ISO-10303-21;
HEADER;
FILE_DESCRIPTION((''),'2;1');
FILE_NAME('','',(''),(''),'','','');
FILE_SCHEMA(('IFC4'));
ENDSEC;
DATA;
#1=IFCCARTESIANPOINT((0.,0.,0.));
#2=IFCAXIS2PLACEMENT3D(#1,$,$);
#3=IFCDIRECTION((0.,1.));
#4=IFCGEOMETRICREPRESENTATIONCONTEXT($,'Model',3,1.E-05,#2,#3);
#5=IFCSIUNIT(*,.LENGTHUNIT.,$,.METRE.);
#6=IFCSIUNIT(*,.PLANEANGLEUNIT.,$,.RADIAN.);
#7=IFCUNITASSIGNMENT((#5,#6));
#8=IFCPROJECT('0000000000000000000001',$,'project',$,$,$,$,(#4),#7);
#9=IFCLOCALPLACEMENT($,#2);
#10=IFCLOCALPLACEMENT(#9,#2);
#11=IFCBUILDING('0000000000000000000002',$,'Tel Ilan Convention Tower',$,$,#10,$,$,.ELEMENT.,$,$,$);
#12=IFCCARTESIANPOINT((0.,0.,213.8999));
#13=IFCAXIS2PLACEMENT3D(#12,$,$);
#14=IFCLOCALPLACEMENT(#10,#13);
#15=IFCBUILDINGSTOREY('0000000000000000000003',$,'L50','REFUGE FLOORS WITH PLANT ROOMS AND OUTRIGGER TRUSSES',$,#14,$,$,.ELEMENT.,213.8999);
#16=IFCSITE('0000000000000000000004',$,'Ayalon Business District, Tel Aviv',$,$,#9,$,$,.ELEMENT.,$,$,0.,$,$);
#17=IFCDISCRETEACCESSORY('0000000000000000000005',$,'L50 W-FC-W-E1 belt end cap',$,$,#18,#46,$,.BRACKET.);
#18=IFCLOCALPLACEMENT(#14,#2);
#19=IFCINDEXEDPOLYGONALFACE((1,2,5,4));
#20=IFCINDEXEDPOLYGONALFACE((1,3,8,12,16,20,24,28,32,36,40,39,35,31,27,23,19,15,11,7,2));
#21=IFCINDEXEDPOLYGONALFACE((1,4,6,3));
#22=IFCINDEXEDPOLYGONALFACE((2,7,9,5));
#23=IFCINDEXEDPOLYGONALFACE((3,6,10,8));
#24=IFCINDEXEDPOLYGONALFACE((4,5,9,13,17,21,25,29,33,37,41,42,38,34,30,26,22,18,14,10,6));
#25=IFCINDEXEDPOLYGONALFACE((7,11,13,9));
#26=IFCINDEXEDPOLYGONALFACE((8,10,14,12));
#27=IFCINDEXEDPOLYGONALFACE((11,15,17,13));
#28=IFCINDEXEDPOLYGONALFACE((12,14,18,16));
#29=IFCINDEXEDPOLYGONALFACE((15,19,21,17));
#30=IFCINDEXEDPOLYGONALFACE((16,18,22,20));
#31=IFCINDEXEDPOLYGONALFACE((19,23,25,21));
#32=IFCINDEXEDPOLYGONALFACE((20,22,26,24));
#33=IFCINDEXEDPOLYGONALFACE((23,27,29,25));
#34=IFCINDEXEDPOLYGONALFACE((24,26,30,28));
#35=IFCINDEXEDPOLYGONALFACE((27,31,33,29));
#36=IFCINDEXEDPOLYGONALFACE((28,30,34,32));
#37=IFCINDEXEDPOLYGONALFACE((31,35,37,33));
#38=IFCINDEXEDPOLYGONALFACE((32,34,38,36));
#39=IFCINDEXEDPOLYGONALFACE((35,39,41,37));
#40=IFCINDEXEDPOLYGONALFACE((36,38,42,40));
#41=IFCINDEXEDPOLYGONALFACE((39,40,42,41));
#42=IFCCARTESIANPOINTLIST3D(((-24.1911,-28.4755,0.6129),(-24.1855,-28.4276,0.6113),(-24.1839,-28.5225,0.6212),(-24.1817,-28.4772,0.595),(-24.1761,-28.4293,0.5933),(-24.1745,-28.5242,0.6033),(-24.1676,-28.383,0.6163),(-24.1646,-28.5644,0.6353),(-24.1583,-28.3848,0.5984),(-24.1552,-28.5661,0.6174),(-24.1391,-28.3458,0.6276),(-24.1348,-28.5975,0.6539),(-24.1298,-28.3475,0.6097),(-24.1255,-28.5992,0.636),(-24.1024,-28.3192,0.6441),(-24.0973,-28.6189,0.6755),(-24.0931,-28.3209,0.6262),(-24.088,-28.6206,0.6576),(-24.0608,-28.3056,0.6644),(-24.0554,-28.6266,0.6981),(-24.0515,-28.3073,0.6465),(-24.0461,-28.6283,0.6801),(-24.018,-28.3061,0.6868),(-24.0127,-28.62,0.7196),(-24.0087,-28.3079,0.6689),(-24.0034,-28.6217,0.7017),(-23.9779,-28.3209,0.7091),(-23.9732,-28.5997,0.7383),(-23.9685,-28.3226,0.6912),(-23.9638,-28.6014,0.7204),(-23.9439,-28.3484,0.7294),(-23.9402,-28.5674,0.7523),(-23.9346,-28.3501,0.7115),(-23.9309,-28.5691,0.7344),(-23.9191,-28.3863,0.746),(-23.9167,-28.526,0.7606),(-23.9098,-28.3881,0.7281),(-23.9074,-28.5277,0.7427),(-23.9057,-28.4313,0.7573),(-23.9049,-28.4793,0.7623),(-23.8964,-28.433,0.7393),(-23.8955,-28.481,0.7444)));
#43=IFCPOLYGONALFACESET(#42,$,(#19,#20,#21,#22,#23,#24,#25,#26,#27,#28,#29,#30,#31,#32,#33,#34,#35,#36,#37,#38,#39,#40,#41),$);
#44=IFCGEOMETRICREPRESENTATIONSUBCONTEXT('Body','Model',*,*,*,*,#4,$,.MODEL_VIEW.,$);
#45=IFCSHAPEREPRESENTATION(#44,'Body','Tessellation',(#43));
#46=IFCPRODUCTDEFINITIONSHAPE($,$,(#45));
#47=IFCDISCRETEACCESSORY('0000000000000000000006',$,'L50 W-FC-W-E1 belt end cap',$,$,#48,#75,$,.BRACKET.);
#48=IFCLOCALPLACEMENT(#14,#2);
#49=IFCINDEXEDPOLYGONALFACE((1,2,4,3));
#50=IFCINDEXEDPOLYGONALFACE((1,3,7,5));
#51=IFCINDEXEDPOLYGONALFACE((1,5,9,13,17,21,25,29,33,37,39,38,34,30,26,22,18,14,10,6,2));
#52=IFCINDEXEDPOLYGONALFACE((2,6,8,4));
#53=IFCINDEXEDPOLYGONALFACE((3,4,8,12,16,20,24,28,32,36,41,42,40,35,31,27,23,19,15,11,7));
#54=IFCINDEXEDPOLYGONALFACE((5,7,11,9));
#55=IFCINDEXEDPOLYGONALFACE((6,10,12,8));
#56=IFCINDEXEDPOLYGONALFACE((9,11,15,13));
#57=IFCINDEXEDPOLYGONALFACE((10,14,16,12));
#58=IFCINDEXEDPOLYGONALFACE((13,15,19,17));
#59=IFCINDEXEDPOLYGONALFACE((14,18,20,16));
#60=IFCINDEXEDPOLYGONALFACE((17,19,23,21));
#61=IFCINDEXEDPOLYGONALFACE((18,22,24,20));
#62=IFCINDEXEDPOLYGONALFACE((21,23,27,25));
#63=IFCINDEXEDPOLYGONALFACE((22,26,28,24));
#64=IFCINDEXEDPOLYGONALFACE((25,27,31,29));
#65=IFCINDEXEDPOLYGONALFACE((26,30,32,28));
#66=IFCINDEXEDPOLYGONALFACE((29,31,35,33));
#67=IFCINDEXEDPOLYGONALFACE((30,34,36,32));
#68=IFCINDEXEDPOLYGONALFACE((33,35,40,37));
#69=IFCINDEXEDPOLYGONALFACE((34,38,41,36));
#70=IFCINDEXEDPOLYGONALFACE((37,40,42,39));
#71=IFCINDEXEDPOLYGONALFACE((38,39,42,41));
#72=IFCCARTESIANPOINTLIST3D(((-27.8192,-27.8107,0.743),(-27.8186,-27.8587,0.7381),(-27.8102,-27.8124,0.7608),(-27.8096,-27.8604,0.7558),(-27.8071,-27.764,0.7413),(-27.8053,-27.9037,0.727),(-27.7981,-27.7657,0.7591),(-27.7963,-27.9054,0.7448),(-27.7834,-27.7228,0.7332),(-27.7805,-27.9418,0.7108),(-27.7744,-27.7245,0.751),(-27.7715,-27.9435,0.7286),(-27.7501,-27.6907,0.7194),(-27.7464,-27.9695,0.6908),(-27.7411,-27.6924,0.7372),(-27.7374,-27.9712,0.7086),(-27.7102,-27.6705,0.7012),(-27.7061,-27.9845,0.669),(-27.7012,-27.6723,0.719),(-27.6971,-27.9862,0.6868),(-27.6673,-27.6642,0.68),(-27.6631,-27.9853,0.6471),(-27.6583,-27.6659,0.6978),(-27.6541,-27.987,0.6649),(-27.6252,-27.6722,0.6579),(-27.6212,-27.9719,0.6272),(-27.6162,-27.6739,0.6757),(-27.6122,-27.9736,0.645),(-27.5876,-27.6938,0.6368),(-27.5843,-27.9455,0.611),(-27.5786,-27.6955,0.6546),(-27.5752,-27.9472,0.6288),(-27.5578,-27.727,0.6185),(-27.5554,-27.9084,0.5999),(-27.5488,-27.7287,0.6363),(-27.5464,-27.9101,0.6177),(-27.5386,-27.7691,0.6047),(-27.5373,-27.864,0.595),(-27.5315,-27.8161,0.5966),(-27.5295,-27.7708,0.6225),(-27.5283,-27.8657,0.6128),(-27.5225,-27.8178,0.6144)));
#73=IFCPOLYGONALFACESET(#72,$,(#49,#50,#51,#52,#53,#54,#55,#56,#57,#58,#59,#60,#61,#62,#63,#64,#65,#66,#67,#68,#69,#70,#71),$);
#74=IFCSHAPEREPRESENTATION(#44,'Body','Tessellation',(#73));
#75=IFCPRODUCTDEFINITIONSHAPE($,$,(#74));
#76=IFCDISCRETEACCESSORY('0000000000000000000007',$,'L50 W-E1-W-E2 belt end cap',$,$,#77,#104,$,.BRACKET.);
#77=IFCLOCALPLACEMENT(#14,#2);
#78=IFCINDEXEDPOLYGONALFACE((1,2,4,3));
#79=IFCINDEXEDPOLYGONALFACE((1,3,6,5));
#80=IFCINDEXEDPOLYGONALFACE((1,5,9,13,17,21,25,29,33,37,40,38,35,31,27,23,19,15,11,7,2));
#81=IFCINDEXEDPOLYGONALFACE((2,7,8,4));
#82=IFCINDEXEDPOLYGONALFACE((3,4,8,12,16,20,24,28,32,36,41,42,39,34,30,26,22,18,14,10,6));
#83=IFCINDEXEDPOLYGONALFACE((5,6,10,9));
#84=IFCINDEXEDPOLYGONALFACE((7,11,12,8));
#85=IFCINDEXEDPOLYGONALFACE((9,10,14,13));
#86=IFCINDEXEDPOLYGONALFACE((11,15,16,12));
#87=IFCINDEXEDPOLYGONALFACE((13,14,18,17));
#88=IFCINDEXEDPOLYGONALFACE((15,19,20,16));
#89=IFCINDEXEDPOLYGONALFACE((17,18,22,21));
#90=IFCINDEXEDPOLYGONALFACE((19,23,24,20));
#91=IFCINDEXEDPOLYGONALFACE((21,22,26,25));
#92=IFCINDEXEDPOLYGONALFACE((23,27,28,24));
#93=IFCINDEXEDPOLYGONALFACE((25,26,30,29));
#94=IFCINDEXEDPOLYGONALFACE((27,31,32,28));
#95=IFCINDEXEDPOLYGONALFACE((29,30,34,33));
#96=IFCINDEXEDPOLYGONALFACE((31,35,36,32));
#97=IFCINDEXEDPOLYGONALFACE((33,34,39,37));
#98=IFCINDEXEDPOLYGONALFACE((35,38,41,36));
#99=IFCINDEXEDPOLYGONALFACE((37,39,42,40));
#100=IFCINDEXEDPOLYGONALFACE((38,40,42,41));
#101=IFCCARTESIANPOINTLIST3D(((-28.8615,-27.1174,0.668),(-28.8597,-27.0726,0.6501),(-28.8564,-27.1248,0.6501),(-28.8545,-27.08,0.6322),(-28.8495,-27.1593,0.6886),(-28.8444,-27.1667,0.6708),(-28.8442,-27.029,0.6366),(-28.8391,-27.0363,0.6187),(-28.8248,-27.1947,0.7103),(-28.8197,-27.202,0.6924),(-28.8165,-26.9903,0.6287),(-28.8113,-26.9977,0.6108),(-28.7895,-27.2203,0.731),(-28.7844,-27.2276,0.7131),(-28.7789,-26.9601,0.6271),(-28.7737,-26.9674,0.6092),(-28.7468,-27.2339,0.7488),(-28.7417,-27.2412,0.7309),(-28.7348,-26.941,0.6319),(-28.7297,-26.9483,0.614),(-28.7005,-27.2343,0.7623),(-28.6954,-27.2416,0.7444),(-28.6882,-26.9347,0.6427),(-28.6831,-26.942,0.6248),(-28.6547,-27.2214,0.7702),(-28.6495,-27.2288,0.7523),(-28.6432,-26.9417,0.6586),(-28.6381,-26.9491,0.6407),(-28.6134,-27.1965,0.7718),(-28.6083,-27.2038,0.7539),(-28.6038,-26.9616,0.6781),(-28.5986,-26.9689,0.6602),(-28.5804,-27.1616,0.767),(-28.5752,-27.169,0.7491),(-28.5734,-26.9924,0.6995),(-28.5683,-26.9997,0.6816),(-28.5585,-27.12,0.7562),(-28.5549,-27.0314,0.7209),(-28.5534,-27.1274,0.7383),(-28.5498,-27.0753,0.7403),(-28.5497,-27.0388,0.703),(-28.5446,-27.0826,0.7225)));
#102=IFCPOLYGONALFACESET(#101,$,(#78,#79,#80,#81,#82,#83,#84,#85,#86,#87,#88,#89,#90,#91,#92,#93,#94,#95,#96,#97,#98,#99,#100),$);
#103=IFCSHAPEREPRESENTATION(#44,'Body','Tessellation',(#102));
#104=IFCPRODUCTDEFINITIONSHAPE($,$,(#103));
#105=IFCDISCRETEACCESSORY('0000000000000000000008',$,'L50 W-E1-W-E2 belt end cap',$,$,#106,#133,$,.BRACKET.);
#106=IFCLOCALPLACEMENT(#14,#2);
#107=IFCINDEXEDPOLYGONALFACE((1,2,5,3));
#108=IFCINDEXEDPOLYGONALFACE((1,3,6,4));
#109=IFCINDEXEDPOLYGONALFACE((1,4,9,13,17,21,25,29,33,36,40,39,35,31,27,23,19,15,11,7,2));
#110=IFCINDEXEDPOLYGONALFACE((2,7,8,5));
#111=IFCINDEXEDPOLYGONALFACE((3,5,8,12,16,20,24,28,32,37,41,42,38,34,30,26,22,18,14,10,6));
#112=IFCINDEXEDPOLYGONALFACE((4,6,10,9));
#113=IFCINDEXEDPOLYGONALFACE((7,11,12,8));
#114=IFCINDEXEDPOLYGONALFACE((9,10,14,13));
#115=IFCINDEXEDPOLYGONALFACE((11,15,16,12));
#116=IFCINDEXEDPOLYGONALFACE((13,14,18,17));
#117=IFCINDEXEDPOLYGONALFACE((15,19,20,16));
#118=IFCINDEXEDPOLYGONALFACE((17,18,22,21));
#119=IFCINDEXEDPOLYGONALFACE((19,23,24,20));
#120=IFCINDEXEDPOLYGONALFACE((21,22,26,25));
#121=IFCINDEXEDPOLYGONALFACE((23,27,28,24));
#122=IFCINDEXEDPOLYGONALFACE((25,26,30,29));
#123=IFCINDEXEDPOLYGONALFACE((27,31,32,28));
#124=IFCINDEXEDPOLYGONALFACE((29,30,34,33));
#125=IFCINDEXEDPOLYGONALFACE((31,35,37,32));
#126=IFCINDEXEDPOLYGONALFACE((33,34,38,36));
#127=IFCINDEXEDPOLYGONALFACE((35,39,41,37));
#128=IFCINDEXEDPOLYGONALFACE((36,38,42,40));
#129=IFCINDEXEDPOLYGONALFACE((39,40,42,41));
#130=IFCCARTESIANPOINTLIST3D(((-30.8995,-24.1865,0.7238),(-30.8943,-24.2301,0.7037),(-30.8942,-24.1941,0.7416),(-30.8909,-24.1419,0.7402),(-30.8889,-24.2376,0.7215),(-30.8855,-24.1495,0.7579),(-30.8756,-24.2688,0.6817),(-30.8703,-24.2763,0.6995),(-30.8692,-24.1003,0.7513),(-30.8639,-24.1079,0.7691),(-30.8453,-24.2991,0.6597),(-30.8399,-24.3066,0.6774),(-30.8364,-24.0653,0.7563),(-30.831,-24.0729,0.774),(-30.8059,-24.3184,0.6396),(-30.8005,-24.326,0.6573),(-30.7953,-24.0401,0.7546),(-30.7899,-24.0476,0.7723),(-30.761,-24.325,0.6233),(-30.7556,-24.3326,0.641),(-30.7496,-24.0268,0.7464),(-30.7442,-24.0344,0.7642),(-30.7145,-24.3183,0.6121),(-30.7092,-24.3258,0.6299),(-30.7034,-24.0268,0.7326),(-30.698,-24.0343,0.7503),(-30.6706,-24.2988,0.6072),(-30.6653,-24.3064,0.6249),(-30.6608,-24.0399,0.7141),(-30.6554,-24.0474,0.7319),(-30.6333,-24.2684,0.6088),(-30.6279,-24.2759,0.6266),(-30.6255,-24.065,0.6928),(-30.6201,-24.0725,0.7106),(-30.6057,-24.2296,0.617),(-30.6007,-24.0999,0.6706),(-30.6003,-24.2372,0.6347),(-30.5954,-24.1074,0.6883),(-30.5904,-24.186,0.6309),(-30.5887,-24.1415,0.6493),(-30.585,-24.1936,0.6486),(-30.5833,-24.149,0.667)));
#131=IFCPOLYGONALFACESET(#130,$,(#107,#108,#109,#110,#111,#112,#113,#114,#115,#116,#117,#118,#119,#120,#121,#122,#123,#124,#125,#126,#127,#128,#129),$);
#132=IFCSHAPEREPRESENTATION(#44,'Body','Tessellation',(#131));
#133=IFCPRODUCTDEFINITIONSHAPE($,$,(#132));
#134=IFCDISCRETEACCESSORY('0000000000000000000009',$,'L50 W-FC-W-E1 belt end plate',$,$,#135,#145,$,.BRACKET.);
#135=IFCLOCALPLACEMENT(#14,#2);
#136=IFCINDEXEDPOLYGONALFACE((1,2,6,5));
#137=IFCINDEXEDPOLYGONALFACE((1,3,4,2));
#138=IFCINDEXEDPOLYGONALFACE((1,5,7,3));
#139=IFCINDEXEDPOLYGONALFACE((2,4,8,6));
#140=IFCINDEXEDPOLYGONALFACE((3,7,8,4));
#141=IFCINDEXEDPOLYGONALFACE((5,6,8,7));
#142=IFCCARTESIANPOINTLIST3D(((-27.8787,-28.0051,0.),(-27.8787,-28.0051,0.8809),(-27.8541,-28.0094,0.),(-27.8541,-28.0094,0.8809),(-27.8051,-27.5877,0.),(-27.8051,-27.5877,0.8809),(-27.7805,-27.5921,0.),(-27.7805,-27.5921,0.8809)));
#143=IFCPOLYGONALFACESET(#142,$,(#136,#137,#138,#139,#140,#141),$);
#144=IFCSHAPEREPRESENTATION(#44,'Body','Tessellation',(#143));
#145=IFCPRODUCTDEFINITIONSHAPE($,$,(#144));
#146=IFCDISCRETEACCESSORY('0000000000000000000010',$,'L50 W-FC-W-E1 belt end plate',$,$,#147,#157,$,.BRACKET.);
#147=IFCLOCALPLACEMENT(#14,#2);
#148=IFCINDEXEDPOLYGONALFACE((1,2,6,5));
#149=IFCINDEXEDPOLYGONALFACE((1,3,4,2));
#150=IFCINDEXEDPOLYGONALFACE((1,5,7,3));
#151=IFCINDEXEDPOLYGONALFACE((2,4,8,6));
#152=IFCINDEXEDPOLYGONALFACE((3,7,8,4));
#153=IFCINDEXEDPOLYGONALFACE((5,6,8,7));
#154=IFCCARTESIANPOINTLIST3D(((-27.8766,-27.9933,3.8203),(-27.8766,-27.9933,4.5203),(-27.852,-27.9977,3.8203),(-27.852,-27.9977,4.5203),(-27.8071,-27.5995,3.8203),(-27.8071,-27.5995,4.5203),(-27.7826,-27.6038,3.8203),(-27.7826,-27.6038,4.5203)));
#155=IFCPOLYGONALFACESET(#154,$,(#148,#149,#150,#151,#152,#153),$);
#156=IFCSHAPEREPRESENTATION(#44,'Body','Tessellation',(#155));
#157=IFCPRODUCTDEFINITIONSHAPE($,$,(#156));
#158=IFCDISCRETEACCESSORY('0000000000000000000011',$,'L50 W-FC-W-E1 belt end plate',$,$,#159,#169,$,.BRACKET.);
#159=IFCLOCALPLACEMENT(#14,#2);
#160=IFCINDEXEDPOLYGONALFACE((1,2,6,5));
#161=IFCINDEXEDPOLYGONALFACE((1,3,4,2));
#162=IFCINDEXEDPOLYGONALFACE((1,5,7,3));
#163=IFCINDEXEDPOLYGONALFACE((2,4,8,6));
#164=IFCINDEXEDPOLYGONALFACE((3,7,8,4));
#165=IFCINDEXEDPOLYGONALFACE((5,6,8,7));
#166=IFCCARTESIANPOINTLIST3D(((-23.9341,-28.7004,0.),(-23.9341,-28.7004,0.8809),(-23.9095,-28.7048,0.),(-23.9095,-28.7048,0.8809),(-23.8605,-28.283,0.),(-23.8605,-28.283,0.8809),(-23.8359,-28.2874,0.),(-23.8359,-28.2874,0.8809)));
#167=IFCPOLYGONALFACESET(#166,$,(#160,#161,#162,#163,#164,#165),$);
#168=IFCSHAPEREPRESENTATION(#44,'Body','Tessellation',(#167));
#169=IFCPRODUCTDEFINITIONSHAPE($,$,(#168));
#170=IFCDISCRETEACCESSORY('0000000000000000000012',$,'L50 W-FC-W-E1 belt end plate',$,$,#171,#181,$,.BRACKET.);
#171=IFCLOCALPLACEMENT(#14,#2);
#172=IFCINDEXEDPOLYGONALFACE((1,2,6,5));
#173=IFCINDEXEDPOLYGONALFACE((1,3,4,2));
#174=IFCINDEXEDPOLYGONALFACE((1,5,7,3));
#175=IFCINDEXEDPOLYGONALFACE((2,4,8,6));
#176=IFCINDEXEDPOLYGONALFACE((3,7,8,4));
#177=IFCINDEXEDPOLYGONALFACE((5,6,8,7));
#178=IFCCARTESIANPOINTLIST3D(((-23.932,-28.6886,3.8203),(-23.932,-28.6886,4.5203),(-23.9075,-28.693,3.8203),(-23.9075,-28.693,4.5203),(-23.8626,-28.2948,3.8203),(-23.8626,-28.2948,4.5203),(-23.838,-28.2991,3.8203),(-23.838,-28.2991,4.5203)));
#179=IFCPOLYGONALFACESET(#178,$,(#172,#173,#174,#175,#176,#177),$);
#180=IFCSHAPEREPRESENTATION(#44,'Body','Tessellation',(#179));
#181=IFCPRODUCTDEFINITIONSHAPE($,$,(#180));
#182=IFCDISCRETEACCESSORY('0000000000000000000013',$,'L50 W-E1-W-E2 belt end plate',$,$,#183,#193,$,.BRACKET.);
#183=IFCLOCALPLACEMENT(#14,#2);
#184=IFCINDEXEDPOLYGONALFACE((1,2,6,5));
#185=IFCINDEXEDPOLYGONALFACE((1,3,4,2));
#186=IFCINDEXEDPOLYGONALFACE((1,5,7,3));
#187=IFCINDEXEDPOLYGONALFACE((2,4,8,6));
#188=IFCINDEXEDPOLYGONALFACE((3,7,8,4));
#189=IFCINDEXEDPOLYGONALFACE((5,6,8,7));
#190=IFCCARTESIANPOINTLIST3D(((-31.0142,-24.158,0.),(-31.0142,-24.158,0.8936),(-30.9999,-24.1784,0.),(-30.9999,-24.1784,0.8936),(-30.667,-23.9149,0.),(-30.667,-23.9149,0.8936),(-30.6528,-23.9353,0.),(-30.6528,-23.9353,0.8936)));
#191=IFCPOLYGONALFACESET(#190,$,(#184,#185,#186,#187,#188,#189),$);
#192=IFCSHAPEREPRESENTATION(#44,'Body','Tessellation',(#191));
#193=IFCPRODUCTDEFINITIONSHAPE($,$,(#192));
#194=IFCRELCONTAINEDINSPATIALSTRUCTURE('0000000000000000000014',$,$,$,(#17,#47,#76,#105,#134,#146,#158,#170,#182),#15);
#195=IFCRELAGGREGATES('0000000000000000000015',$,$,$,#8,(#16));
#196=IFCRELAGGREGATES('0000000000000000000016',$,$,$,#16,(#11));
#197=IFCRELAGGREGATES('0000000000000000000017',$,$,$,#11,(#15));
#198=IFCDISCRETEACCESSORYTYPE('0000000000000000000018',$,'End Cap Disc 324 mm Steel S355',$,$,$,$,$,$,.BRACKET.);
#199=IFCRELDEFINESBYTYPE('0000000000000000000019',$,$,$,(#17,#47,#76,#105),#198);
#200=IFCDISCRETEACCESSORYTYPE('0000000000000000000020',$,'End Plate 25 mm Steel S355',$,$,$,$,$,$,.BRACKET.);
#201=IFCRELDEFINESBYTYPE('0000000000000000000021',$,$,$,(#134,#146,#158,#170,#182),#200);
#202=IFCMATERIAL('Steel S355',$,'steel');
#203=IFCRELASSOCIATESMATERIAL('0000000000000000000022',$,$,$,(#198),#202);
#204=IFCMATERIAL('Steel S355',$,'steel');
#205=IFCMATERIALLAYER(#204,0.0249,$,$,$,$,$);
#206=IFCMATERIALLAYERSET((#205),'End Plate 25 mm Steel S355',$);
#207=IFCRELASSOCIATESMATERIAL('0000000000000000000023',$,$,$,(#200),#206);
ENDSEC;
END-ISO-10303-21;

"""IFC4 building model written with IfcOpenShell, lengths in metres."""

from ifc_helpers import new_model, si_unit, direction, frame, origin, origin_2d, place, context, subcontext, project, spatial, rectangle, circle, extrude, material, layer, layer_set, material_profile, profile_set, type_object, element, save


model = new_model("IFC4")

# Units and contexts
model_context = context("Model", 3, precision=1e-05, world=origin(), true_north=direction((0.0, 1.0)))
body_context = subcontext(model_context, "Body", "Model", "MODEL_VIEW")
ifc_project = project(units=[si_unit("LENGTHUNIT", "METRE"), si_unit("PLANEANGLEUNIT", "RADIAN")], contexts=[model_context])

# Site, building, storey
site_placement = place(None, origin())
site = spatial("IfcSite", under=ifc_project, at=site_placement, Name="Ayalon Business District, Tel Aviv", CompositionType="ELEMENT", RefElevation=0.0)
building_placement = place(site_placement, origin())
building = spatial("IfcBuilding", under=site, at=building_placement, Name="Tel Ilan Convention Tower", CompositionType="ELEMENT")
storey_placement = place(building_placement, frame((0.0, 0.0, 213.8999)))
storey = spatial("IfcBuildingStorey", under=building, at=storey_placement, Name="L50", Description="REFUGE FLOORS WITH PLANT ROOMS AND OUTRIGGER TRUSSES", CompositionType="ELEMENT", Elevation=213.8999)

# Discrete accessories
ifc_material_1 = material(Name="Steel S355", Category="steel")
ifc_material_profile_1 = material_profile(ifc_material_1, circle(Radius=0.1619, at=origin_2d()), Name="End Cap Disc 324 mm Steel S355")
ifc_profile_set_1 = profile_set([ifc_material_profile_1], Name="Steel S355")
discrete_accessory_type_1 = type_object("IfcDiscreteAccessoryType", Name="End Cap Disc 324 mm Steel S355", PredefinedType="BRACKET", material=ifc_profile_set_1)
discrete_accessory_1_placement = place(storey_placement, frame((-24.0474, -28.4653, 0.6868), z_axis=(0.460074, -0.08475, -0.883826), x_axis=(0.181162, 0.983453, 0.0)))
element("IfcDiscreteAccessory", 1, at=discrete_accessory_1_placement, inside=storey, type_object=discrete_accessory_type_1, Name="L50 W-FC-W-E1 belt end cap", PredefinedType="BRACKET", context=body_context, shape_type="SweptSolid", body=[
    extrude(circle(Radius=0.1619, at=origin_2d()), origin(), (0.0, 0.0, 1.0), 0.0203),
])
for number, where, z_axis, x_axis, name in (
    (2, (-27.667, -27.8271, 0.6868), (-0.45045, 0.08522, -0.888725), (-0.185892, -0.98257, 0.0), "L50 W-FC-W-E1 belt end cap"),
    (3, (-28.7061, -27.0852, 0.6995), (0.257132, -0.367332, -0.89384), (0.819232, 0.573462, 0.0), "L50 W-E1-W-E2 belt end cap"),
    (4, (-30.7383, -24.1826, 0.6995), (-0.267301, 0.376651, -0.886952), (-0.815507, -0.578747, 0.0), "L50 W-E1-W-E2 belt end cap"),
):
    element("IfcDiscreteAccessory", number, at=place(storey_placement, frame(where, z_axis=z_axis, x_axis=x_axis)), inside=storey, type_object=discrete_accessory_type_1, Name=name, PredefinedType="BRACKET", context=body_context, shape_type="SweptSolid", body=[
        extrude(circle(Radius=0.1619, at=origin_2d()), origin(), (0.0, 0.0, 1.0), 0.02),
    ])
ifc_material_2 = material(Name="Steel S355", Category="steel")
ifc_layer_1 = layer(ifc_material_2, 0.0249)
ifc_layer_set_1 = layer_set([ifc_layer_1], Name="End Plate 25 mm Steel S355")
discrete_accessory_type_2 = type_object("IfcDiscreteAccessoryType", Name="End Plate 25 mm Steel S355", PredefinedType="BRACKET", material=ifc_layer_set_1)
discrete_accessory_2_placement = place(storey_placement, frame((-27.8296, -27.7986, 0.0), z_axis=(0.0, 0.0, 1.0), x_axis=(-0.984808, 0.173648, 0.0)))
element("IfcDiscreteAccessory", 5, at=discrete_accessory_2_placement, inside=storey, type_object=discrete_accessory_type_2, Name="L50 W-FC-W-E1 belt end plate", PredefinedType="BRACKET", context=body_context, shape_type="SweptSolid", body=[
    extrude(rectangle(XDim=0.0249, YDim=0.4238, at=origin_2d()), origin(), (0.0, 0.0, 1.0), 0.8809),
])
discrete_accessory_3_placement = place(storey_placement, frame((-27.8296, -27.7986, 3.8203), z_axis=(0.0, 0.0, 1.0), x_axis=(-0.984808, 0.173648, 0.0)))
element("IfcDiscreteAccessory", 6, at=discrete_accessory_3_placement, inside=storey, type_object=discrete_accessory_type_2, Name="L50 W-FC-W-E1 belt end plate", PredefinedType="BRACKET", context=body_context, shape_type="SweptSolid", body=[
    extrude(rectangle(XDim=0.0249, YDim=0.3999, at=origin_2d()), origin(), (0.0, 0.0, 1.0), 0.7),
])
discrete_accessory_4_placement = place(storey_placement, frame((-23.885, -28.4939, 0.0), z_axis=(0.0, 0.0, 1.0), x_axis=(0.984808, -0.173648, 0.0)))
element("IfcDiscreteAccessory", 7, at=discrete_accessory_4_placement, inside=storey, type_object=discrete_accessory_type_2, Name="L50 W-FC-W-E1 belt end plate", PredefinedType="BRACKET", context=body_context, shape_type="SweptSolid", body=[
    extrude(rectangle(XDim=0.0249, YDim=0.4238, at=origin_2d()), origin(), (0.0, 0.0, 1.0), 0.8809),
])
discrete_accessory_5_placement = place(storey_placement, frame((-23.885, -28.4939, 3.8203), z_axis=(0.0, 0.0, 1.0), x_axis=(0.984808, -0.173648, 0.0)))
element("IfcDiscreteAccessory", 8, at=discrete_accessory_5_placement, inside=storey, type_object=discrete_accessory_type_2, Name="L50 W-FC-W-E1 belt end plate", PredefinedType="BRACKET", context=body_context, shape_type="SweptSolid", body=[
    extrude(rectangle(XDim=0.0249, YDim=0.3999, at=origin_2d()), origin(), (0.0, 0.0, 1.0), 0.7),
])
discrete_accessory_6_placement = place(storey_placement, frame((-30.8335, -24.0466, 0.0), z_axis=(0.0, 0.0, 1.0), x_axis=(-0.573576, 0.819152, 0.0)))
element("IfcDiscreteAccessory", 9, at=discrete_accessory_6_placement, inside=storey, type_object=discrete_accessory_type_2, Name="L50 W-E1-W-E2 belt end plate", PredefinedType="BRACKET", context=body_context, shape_type="SweptSolid", body=[
    extrude(rectangle(XDim=0.0249, YDim=0.4238, at=origin_2d()), origin(), (0.0, 0.0, 1.0), 0.8936),
])

save(model, "model.ifc")
